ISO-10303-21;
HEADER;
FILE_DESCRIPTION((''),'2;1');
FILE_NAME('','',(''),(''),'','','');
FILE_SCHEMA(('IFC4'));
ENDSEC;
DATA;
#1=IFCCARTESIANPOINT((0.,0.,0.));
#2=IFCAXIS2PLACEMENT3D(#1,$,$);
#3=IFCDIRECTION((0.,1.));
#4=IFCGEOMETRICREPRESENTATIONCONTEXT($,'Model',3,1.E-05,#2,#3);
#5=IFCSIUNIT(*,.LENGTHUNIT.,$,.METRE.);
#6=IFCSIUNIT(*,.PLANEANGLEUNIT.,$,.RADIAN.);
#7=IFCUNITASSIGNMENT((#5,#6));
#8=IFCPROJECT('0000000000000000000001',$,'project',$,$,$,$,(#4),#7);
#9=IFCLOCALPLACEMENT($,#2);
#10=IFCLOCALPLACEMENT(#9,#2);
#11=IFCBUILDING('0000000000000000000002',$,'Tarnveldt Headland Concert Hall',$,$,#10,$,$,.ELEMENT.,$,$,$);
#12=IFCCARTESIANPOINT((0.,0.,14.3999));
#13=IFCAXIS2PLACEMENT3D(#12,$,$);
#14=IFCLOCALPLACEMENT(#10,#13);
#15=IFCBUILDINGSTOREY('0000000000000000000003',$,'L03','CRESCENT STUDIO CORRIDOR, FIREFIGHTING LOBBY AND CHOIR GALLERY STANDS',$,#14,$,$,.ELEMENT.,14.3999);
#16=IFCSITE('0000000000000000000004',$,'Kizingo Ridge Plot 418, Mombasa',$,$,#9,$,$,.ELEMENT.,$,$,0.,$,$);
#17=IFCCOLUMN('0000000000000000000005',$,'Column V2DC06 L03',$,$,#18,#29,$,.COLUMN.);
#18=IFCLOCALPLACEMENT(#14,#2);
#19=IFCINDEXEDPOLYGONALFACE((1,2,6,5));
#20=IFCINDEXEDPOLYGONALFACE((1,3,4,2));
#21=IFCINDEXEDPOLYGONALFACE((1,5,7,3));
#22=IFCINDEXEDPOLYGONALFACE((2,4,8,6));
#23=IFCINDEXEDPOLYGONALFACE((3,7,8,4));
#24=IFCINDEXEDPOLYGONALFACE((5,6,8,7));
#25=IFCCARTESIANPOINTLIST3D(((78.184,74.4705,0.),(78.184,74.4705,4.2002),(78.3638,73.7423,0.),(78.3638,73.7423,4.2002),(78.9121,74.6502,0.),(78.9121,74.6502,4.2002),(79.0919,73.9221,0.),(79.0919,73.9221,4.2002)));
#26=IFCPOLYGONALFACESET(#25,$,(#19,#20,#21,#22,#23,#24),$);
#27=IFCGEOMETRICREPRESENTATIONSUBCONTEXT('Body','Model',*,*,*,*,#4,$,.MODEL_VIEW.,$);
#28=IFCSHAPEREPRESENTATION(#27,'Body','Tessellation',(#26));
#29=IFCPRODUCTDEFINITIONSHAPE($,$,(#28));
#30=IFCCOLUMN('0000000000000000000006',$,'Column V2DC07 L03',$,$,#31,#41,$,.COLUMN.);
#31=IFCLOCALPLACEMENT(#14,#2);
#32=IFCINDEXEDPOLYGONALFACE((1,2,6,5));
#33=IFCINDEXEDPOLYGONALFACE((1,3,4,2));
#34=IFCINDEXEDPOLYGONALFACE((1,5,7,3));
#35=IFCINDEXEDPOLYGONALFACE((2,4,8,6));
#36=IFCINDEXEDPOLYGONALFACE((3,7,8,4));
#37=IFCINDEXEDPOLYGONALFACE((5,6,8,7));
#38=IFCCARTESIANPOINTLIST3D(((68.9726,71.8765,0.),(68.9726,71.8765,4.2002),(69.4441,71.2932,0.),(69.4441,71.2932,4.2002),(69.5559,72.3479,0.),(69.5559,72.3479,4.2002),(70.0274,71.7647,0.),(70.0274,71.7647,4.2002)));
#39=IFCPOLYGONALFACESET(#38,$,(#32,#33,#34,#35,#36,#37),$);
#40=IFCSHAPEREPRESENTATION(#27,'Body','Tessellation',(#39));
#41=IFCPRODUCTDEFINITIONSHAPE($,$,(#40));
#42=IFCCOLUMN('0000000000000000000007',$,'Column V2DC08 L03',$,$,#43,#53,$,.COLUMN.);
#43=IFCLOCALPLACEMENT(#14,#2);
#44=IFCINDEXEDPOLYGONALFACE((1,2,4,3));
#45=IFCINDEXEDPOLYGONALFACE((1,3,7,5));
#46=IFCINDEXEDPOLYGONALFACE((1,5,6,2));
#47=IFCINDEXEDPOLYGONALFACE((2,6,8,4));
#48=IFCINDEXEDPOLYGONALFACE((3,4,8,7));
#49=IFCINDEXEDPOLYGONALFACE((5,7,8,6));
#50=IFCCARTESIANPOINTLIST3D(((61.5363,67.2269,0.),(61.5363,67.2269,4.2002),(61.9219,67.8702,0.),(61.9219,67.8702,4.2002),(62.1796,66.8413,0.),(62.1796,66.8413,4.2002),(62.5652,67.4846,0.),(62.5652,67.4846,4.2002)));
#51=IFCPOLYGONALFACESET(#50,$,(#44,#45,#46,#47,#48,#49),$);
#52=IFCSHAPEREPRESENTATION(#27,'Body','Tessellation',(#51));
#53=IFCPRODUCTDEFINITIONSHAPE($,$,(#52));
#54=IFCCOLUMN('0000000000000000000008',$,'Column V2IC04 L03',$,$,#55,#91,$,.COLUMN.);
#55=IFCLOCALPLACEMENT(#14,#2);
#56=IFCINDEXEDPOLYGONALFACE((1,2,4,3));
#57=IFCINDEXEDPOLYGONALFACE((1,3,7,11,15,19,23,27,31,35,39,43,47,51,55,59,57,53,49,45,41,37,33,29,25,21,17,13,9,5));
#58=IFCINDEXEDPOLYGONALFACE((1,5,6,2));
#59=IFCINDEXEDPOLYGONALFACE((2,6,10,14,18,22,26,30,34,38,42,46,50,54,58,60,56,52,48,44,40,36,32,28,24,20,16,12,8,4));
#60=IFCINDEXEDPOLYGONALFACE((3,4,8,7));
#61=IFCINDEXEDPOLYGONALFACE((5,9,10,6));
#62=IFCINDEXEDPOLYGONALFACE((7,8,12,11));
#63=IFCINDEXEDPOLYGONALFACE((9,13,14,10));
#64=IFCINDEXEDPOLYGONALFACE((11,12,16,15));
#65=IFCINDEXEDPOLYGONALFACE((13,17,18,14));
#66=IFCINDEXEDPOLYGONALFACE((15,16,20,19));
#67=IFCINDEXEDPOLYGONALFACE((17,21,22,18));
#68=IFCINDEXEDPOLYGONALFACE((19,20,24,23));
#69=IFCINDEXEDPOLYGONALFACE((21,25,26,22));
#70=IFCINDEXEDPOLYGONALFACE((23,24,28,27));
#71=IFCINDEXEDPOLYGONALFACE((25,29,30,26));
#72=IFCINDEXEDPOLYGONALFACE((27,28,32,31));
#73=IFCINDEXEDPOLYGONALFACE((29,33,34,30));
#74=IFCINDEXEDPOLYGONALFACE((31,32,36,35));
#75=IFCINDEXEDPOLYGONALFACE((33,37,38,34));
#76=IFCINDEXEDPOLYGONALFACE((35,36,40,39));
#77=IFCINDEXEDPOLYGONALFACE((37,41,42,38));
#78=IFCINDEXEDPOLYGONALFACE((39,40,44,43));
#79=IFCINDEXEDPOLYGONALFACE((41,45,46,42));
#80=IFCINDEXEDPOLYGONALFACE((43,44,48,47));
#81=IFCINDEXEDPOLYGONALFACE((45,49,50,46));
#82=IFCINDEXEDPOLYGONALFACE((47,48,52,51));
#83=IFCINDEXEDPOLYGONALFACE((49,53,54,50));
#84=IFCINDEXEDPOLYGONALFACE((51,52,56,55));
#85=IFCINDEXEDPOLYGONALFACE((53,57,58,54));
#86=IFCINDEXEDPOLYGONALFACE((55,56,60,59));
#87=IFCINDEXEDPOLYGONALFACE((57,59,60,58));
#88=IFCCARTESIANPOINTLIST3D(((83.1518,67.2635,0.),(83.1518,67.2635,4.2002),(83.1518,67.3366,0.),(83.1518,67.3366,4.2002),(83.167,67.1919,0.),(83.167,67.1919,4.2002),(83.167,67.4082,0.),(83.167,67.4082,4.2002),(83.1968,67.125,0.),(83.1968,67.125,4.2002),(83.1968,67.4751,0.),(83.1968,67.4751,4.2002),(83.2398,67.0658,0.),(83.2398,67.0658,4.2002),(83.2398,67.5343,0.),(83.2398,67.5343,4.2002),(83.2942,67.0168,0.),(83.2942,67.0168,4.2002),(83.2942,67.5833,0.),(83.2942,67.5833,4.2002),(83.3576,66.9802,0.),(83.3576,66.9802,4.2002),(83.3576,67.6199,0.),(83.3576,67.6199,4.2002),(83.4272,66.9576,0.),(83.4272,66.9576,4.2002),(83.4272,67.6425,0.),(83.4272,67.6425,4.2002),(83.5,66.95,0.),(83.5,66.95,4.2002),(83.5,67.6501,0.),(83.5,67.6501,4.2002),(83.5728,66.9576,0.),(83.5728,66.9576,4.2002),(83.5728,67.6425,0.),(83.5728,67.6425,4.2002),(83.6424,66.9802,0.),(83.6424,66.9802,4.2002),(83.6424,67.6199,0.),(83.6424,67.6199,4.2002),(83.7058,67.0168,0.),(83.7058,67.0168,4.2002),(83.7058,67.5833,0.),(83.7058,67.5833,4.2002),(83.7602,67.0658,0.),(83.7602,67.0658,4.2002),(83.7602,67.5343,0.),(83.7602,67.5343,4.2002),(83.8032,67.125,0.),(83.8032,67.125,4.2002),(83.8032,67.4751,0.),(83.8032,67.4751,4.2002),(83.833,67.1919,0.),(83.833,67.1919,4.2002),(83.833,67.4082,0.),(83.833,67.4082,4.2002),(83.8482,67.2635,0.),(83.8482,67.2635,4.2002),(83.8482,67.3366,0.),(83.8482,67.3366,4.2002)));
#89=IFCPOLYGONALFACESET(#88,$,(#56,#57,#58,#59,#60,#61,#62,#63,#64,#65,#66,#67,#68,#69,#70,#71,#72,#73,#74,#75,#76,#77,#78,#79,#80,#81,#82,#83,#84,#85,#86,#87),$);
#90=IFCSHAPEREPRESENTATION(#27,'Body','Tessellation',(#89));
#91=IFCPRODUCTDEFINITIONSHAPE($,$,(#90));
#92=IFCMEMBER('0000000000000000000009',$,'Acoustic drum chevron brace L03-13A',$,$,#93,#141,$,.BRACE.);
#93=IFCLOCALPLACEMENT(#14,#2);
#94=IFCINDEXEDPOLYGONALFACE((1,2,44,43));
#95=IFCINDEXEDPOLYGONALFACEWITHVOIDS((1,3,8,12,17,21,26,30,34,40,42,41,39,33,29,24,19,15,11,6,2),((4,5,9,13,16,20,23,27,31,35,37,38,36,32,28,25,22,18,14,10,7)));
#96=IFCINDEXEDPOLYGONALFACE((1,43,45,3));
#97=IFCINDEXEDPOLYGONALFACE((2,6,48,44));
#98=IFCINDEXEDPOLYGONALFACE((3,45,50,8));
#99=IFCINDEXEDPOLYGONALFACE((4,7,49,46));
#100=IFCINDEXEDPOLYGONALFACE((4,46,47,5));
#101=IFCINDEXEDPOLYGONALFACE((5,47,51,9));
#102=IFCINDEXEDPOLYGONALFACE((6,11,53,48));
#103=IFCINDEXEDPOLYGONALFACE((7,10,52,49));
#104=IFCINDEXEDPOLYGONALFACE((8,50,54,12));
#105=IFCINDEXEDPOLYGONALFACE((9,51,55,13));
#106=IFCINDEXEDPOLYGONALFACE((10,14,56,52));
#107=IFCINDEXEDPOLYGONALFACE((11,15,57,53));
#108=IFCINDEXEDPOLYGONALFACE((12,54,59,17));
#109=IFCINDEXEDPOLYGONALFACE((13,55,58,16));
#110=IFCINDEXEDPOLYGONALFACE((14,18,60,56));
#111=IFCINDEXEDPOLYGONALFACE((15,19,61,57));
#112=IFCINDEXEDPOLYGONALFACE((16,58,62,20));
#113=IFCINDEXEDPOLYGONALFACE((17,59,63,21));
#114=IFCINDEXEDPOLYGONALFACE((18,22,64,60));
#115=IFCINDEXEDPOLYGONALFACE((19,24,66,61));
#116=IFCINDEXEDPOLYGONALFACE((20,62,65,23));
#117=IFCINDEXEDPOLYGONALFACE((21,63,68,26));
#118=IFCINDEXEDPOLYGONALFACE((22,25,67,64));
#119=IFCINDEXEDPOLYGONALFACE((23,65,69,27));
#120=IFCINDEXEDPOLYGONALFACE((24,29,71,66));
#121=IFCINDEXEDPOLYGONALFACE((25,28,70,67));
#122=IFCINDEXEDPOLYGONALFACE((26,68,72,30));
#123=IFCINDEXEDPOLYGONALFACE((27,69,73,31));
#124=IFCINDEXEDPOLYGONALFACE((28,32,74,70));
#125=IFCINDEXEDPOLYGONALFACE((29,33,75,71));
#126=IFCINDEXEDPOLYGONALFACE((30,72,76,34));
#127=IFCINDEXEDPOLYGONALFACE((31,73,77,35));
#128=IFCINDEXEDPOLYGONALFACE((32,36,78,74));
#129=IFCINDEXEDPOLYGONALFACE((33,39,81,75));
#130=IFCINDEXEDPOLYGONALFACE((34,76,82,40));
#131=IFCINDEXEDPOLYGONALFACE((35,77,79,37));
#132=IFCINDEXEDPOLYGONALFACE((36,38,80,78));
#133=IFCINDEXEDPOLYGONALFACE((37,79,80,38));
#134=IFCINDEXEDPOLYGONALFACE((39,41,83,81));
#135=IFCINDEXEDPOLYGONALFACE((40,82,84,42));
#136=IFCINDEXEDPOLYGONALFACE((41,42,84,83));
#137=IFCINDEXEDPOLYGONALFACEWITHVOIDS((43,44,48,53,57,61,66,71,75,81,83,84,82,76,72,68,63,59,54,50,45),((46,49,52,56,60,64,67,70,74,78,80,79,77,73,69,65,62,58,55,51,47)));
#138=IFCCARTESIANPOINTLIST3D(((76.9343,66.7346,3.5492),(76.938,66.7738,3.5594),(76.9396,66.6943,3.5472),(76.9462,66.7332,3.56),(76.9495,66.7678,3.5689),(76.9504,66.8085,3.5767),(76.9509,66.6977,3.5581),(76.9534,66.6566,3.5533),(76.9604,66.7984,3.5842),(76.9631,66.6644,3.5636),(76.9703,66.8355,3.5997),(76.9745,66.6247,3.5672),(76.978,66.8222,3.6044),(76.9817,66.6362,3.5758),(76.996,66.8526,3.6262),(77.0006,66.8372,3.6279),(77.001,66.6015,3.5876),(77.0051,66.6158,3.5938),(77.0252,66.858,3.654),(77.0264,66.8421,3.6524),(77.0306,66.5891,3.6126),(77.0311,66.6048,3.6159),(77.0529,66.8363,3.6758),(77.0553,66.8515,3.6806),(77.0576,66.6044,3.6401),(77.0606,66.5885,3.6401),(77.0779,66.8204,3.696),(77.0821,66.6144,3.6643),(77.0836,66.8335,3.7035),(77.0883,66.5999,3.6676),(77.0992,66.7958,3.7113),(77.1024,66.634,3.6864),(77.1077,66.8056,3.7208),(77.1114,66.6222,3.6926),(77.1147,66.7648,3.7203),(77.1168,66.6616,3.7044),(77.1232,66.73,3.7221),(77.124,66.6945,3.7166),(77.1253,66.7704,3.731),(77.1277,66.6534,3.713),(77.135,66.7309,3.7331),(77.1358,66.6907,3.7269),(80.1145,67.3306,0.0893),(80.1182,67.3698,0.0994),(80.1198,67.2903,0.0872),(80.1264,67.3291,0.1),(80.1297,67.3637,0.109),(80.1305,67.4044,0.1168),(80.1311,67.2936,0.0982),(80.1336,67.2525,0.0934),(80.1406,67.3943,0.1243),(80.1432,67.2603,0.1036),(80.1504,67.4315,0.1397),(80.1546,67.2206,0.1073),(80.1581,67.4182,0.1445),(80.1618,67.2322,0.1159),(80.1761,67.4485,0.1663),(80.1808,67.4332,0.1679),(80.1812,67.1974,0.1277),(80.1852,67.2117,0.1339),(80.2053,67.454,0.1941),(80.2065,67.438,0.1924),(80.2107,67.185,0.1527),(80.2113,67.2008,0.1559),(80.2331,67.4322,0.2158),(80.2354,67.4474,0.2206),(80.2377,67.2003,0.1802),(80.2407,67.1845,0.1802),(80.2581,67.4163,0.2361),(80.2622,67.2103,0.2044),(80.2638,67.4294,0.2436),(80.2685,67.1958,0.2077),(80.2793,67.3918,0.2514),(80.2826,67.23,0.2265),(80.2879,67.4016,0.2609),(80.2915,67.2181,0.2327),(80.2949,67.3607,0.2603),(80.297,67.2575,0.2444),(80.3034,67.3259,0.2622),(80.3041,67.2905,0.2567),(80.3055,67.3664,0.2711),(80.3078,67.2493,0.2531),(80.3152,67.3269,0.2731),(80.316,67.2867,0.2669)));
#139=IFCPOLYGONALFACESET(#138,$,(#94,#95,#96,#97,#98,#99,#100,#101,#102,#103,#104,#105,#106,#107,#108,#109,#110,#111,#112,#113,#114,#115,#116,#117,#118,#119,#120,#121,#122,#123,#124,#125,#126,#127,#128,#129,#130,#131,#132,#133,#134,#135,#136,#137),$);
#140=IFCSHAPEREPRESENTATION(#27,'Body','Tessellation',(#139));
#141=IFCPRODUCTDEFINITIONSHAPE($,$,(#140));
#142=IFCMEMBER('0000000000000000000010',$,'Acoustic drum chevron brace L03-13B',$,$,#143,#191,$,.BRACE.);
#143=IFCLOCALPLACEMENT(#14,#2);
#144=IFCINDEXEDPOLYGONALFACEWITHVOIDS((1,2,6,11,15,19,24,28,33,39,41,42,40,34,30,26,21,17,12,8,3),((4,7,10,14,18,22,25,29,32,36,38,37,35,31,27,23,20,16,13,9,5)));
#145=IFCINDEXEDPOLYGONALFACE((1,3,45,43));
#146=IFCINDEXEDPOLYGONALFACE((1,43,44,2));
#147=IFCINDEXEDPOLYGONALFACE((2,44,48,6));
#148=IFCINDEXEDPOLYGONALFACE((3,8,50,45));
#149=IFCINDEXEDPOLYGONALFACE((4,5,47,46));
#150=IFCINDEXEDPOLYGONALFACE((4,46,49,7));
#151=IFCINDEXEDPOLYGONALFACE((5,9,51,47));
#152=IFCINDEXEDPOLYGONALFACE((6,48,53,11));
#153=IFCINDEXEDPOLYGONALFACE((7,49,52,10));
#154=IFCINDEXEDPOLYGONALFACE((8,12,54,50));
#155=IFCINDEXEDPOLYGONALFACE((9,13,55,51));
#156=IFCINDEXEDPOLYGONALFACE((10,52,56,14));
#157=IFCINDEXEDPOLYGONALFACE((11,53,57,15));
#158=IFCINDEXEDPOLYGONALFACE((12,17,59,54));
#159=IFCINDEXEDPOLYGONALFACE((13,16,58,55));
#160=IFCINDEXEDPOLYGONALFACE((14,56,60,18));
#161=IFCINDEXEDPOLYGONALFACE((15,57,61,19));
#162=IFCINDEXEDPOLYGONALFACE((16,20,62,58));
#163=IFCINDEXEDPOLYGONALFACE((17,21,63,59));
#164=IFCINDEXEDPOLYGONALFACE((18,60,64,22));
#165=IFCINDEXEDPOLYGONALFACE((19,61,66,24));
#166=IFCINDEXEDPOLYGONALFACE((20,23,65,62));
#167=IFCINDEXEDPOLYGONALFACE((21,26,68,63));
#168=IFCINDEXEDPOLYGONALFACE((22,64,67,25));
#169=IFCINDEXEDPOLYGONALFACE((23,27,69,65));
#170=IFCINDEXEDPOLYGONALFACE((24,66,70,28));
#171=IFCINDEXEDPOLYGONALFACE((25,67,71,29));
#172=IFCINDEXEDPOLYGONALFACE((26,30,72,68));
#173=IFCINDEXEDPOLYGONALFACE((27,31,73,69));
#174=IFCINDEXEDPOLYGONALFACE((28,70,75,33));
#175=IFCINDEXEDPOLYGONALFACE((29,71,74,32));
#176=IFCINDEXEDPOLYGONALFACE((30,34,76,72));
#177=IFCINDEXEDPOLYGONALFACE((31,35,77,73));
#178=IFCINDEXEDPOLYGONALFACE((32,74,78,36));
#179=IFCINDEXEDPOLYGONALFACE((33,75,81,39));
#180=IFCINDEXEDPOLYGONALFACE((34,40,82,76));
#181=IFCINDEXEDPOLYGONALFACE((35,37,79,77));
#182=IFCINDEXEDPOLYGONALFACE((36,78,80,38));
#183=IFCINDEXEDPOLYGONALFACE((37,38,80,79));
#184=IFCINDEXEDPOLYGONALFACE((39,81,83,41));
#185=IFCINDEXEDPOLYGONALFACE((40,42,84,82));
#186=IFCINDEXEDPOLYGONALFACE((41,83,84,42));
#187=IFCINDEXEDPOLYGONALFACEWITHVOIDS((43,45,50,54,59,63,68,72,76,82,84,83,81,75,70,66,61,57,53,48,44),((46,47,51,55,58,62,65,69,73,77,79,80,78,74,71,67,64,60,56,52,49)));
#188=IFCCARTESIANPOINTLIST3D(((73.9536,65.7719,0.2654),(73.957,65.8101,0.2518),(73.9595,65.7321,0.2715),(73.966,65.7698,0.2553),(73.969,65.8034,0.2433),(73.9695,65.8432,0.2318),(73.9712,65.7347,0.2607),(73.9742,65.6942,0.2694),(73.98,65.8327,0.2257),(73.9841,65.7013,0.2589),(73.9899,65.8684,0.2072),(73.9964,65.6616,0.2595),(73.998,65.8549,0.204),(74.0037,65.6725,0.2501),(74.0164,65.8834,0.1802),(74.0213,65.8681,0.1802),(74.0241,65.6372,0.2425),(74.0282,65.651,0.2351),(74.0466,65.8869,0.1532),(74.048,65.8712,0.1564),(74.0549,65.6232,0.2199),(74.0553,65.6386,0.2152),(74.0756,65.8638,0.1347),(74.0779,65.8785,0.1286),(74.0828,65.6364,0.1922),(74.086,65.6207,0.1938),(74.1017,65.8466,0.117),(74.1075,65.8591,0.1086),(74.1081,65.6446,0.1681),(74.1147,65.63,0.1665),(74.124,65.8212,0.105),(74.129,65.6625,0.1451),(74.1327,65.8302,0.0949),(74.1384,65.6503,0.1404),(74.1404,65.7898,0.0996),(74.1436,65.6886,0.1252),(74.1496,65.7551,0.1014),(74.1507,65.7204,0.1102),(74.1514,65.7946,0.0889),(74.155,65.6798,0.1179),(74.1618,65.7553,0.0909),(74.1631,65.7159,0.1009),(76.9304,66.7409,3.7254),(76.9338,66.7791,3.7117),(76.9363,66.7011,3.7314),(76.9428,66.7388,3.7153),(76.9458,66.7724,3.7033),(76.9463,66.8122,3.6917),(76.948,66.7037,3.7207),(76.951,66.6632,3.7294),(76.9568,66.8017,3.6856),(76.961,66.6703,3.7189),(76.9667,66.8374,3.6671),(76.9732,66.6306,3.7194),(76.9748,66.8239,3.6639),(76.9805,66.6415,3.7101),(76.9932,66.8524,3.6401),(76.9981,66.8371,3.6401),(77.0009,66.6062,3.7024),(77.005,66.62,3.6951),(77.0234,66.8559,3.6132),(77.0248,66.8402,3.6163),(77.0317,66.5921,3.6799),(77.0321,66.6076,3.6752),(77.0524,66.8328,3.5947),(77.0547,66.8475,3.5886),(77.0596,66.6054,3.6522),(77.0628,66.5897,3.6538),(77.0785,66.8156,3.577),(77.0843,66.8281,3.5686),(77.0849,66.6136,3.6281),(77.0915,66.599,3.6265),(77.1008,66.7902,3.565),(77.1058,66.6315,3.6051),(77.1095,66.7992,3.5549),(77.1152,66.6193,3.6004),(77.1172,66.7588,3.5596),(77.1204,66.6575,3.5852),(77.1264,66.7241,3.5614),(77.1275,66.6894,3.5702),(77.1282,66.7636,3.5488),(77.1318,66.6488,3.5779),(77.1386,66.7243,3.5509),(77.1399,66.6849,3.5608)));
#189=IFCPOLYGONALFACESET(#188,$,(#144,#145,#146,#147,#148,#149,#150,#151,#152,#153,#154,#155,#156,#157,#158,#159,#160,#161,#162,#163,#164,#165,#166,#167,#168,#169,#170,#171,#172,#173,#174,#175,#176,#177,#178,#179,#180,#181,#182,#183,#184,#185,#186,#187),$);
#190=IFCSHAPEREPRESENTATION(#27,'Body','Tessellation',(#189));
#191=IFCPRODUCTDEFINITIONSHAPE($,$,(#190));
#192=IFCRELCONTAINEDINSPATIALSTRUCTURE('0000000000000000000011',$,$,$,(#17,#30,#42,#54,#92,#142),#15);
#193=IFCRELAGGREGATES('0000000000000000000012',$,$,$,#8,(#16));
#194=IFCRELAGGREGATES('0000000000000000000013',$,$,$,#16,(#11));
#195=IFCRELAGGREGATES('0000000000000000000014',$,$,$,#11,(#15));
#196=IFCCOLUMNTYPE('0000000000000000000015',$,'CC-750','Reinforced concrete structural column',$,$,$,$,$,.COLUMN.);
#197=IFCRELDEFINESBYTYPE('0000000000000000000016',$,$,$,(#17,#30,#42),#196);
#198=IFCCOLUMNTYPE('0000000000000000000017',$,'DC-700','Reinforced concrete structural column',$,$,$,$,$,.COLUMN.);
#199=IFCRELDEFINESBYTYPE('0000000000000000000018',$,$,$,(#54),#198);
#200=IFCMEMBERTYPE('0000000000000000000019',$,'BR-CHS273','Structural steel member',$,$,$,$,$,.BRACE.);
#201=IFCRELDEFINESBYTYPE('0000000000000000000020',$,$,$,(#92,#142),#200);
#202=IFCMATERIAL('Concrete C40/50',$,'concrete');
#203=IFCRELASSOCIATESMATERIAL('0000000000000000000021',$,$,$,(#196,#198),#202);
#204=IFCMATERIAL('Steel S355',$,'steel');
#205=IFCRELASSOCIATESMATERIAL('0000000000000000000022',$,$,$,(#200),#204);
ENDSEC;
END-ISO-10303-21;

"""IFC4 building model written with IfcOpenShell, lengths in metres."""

from ifc_helpers import new_model, si_unit, direction, frame, origin, origin_2d, place, context, subcontext, project, spatial, rectangle, circle, hollow_circle, extrude, material, material_profile, profile_set, type_object, element, save


model = new_model("IFC4")

# Units and contexts
model_context = context("Model", 3, precision=1e-05, world=origin(), true_north=direction((0.0, 1.0)))
body_context = subcontext(model_context, "Body", "Model", "MODEL_VIEW")
ifc_project = project(units=[si_unit("LENGTHUNIT", "METRE"), si_unit("PLANEANGLEUNIT", "RADIAN")], contexts=[model_context])

# Site, building, storey
site_placement = place(None, origin())
site = spatial("IfcSite", under=ifc_project, at=site_placement, Name="Kizingo Ridge Plot 418, Mombasa", CompositionType="ELEMENT", RefElevation=0.0)
building_placement = place(site_placement, origin())
building = spatial("IfcBuilding", under=site, at=building_placement, Name="Tarnveldt Headland Concert Hall", CompositionType="ELEMENT")
storey_placement = place(building_placement, frame((0.0, 0.0, 14.3999)))
storey = spatial("IfcBuildingStorey", under=building, at=storey_placement, Name="L03", Description="CRESCENT STUDIO CORRIDOR, FIREFIGHTING LOBBY AND CHOIR GALLERY STANDS", CompositionType="ELEMENT", Elevation=14.3999)

# Columns
ifc_material_1 = material(Name="Concrete C40/50", Category="concrete")
ifc_material_profile_1 = material_profile(ifc_material_1, rectangle(XDim=0.75, YDim=0.75, at=origin_2d()), Name="RC 750x750", Category="concrete")
ifc_profile_set_1 = profile_set([ifc_material_profile_1], Name="Concrete C40/50")
column_type_1 = type_object("IfcColumnType", Name="CC-750", Description="Reinforced concrete structural column", PredefinedType="COLUMN", material=ifc_profile_set_1)
for number, where, z_axis, x_axis, name in (
    (1, (78.6379, 74.1963, 0.0), (0.0, 0.0, 1.0), (-0.23972, 0.970842, 0.0), "Column V2DC06 L03"),
    (2, (69.5, 71.8206, 0.0), (0.0, 0.0, 1.0), (-0.628642, 0.777695, 0.0), "Column V2DC07 L03"),
    (3, (62.0508, 67.3557, 0.0), (0.0, 0.0, 1.0), (-0.857706, 0.51414, 0.0), "Column V2DC08 L03"),
):
    element("IfcColumn", number, at=place(storey_placement, frame(where, z_axis=z_axis, x_axis=x_axis)), inside=storey, type_object=column_type_1, Name=name, PredefinedType="COLUMN", context=body_context, shape_type="SweptSolid", body=[
        extrude(rectangle(XDim=0.75, YDim=0.75, at=origin_2d()), origin(), (0.0, 0.0, 1.0), 4.2002),
    ])
ifc_material_profile_2 = material_profile(ifc_material_1, circle(Radius=0.3501, at=origin_2d()), Name="RC D700", Category="concrete")
ifc_profile_set_2 = profile_set([ifc_material_profile_2], Name="Concrete C40/50")
column_type_2 = type_object("IfcColumnType", Name="DC-700", Description="Reinforced concrete structural column", PredefinedType="COLUMN", material=ifc_profile_set_2)
column_placement = place(storey_placement, frame((83.5, 67.3, 0.0), z_axis=(0.0, 0.0, 1.0), x_axis=(0.0, 1.0, 0.0)))
element("IfcColumn", 4, at=column_placement, inside=storey, type_object=column_type_2, Name="Column V2IC04 L03", PredefinedType="COLUMN", context=body_context, shape_type="SweptSolid", body=[
    extrude(circle(Radius=0.3501, at=origin_2d()), origin(), (0.0, 0.0, 1.0), 4.2002),
])

# Members
ifc_material_2 = material(Name="Steel S355", Category="steel")
ifc_material_profile_3 = material_profile(ifc_material_2, hollow_circle(Radius=0.1365, WallThickness=0.0161, at=origin_2d()), Name="CHS 273x16", Category="steel")
ifc_profile_set_3 = profile_set([ifc_material_profile_3], Name="Steel S355")
member_type = type_object("IfcMemberType", Name="BR-CHS273", Description="Structural steel member", PredefinedType="BRACE", material=ifc_profile_set_3)
member_1_placement = place(storey_placement, frame((80.2156, 67.3186, 0.1802), z_axis=(-0.671336, -0.125805, 0.730398), x_axis=(0.184188, -0.982891, 0.0)))
element("IfcMember", 5, at=member_1_placement, inside=storey, type_object=member_type, Name="Acoustic drum chevron brace L03-13A", PredefinedType="BRACE", context=body_context, shape_type="SweptSolid", body=[
    extrude(hollow_circle(Radius=0.1365, WallThickness=0.0161, at=origin_2d()), origin(), (0.0, 0.0, 1.0), 4.7371),
])
member_2_placement = place(storey_placement, frame((74.0586, 65.7537, 0.1802), z_axis=(0.637977, 0.207671, 0.741524), x_axis=(-0.309529, 0.95089, 0.0)))
element("IfcMember", 6, at=member_2_placement, inside=storey, type_object=member_type, Name="Acoustic drum chevron brace L03-13B", PredefinedType="BRACE", context=body_context, shape_type="SweptSolid", body=[
    extrude(hollow_circle(Radius=0.1365, WallThickness=0.0161, at=origin_2d()), origin(), (0.0, 0.0, 1.0), 4.666),
])

save(model, "model.ifc")
